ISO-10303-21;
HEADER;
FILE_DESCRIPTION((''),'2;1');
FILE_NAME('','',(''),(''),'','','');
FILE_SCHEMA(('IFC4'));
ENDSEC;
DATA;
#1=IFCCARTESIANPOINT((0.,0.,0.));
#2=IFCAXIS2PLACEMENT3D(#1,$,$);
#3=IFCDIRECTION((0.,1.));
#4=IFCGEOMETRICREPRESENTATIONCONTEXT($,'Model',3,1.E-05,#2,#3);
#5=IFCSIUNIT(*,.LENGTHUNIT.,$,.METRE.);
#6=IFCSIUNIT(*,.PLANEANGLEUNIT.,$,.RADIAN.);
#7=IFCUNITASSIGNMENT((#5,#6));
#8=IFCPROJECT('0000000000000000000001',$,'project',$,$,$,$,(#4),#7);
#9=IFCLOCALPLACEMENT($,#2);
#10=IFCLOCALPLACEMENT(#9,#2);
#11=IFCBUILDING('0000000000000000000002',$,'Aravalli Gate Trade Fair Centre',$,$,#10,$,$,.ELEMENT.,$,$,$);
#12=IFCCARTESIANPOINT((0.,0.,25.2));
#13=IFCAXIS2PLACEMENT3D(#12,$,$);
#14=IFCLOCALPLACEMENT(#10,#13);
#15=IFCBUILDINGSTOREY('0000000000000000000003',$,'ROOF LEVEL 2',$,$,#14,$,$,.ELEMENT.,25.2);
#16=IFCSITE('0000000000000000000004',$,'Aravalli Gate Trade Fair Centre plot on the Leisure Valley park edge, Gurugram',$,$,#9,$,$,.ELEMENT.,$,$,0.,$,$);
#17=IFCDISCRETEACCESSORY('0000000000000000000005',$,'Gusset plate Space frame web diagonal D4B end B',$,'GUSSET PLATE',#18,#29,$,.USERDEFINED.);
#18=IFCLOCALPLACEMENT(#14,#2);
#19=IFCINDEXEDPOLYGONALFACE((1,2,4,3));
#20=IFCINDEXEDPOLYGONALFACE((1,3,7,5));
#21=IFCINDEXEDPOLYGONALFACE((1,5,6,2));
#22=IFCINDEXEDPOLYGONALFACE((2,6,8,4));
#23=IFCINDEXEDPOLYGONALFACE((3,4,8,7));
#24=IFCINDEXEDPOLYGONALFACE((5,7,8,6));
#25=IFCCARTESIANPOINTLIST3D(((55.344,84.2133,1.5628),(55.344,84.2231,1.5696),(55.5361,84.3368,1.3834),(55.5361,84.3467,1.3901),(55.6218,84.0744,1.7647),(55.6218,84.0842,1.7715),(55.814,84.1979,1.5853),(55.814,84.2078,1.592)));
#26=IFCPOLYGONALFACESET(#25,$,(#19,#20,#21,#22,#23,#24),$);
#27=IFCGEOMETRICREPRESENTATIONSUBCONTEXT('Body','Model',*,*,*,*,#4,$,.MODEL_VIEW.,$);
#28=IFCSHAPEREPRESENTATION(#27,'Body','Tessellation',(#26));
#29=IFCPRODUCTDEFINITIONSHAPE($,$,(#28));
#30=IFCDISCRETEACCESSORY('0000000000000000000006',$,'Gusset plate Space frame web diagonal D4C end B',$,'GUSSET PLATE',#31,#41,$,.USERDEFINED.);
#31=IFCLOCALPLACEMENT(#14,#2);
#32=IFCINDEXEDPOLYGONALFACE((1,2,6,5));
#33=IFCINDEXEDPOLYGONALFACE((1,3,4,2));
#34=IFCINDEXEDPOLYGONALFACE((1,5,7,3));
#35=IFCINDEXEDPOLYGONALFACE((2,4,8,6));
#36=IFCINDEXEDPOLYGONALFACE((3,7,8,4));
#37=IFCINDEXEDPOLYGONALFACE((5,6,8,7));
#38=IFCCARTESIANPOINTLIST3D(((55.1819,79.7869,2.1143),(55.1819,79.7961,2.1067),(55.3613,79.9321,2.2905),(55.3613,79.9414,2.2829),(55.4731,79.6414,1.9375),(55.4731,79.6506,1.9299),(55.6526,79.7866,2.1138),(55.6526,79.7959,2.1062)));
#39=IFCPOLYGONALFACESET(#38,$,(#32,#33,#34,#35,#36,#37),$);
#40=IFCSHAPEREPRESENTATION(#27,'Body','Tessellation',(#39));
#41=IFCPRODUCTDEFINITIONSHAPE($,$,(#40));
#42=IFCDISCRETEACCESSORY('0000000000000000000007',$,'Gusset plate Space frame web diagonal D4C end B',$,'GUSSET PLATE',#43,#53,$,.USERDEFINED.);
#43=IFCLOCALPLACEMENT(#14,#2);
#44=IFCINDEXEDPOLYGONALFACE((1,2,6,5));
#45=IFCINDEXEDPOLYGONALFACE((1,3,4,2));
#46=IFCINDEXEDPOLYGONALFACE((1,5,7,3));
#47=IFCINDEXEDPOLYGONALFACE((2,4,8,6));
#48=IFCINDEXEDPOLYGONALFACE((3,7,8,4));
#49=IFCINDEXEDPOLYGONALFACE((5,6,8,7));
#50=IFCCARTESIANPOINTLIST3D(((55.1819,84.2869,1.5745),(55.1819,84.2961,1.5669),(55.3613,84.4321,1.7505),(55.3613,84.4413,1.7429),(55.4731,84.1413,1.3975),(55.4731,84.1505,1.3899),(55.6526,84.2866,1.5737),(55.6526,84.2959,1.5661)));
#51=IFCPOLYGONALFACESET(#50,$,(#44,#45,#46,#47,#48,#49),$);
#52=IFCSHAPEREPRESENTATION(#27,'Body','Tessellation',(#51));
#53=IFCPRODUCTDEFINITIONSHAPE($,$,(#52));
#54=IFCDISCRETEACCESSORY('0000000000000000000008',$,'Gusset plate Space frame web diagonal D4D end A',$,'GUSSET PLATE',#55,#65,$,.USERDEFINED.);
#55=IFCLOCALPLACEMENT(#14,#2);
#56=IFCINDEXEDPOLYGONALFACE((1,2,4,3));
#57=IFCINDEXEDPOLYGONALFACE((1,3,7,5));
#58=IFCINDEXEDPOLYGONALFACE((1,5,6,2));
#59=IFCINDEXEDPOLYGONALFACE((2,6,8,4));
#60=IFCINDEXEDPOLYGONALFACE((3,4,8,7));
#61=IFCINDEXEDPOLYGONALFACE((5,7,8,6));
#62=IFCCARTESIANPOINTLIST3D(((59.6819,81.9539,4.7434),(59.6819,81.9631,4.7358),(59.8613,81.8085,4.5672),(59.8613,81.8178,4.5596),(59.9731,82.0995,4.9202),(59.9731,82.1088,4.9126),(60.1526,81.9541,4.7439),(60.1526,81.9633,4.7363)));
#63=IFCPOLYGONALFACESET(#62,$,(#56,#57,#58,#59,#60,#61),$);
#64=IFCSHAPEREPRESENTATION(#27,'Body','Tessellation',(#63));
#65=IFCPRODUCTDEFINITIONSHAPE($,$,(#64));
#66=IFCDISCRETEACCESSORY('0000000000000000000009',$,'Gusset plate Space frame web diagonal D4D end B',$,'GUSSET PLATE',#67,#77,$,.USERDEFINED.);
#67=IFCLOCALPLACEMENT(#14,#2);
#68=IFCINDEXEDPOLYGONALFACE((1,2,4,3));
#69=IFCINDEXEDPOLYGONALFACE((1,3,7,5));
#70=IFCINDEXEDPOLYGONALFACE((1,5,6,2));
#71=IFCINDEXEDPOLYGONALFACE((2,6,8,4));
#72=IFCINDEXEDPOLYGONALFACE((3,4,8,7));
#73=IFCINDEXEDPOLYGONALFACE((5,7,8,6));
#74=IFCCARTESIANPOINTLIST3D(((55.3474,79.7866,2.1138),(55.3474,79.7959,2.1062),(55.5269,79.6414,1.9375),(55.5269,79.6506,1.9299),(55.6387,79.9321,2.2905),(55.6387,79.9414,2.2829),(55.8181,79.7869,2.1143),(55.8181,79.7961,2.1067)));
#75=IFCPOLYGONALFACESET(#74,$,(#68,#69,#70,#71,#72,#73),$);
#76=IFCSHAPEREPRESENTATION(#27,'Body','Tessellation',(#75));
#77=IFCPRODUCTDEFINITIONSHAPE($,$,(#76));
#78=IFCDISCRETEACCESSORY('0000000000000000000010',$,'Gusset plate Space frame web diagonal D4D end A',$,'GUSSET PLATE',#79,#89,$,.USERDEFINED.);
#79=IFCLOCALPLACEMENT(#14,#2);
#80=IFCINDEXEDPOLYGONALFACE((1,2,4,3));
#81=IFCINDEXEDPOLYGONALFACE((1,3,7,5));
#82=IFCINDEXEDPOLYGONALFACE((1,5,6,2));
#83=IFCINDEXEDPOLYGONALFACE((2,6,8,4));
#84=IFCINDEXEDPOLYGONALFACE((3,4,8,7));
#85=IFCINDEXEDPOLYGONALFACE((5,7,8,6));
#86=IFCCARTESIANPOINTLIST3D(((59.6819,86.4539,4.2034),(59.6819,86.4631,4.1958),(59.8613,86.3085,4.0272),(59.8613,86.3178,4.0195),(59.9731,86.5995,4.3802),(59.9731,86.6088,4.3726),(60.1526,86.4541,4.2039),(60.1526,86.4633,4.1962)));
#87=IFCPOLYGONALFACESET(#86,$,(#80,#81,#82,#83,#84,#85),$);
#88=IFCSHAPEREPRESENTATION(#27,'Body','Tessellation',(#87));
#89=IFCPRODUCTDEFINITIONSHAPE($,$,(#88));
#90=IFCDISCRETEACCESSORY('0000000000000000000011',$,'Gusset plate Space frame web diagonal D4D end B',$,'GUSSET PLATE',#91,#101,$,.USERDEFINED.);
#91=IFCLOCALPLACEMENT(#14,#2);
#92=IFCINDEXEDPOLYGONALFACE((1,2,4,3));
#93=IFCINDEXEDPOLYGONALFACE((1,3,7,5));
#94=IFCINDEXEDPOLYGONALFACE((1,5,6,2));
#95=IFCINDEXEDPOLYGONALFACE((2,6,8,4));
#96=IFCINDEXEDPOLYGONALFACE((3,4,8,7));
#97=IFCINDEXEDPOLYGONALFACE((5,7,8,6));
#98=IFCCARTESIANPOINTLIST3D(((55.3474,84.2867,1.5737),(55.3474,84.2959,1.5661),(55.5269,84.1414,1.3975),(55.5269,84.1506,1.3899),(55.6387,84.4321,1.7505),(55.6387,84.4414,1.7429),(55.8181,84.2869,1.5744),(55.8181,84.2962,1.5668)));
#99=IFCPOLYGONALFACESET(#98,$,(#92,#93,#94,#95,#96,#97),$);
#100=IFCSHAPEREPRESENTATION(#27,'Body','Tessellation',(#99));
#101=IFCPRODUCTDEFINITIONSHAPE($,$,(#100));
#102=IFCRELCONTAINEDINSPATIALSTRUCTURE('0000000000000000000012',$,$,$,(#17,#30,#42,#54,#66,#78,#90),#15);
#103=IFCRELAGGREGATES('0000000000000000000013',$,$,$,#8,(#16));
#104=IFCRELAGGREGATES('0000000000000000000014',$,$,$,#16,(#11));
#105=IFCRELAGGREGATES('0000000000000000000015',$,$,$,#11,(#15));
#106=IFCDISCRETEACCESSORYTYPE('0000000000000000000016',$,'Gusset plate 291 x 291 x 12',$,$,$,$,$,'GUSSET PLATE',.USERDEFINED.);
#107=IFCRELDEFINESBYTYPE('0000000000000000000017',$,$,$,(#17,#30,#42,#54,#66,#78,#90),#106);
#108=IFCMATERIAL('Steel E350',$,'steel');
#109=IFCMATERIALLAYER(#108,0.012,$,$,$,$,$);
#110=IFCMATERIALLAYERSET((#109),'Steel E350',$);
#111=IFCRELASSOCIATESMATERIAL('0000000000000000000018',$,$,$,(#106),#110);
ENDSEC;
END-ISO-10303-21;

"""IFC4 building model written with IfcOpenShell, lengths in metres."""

from ifc_helpers import new_model, si_unit, direction, frame, origin, place, context, subcontext, project, spatial, polyline, outline, extrude, material, layer, layer_set, type_object, element, save


model = new_model("IFC4")

# Units and contexts
model_context = context("Model", 3, precision=1e-05, world=origin(), true_north=direction((0.0, 1.0)))
body_context = subcontext(model_context, "Body", "Model", "MODEL_VIEW")
ifc_project = project(units=[si_unit("LENGTHUNIT", "METRE"), si_unit("PLANEANGLEUNIT", "RADIAN")], contexts=[model_context])

# Site, building, storey
site_placement = place(None, origin())
site = spatial("IfcSite", under=ifc_project, at=site_placement, Name="Aravalli Gate Trade Fair Centre plot on the Leisure Valley park edge, Gurugram", CompositionType="ELEMENT", RefElevation=0.0)
building_placement = place(site_placement, origin())
building = spatial("IfcBuilding", under=site, at=building_placement, Name="Aravalli Gate Trade Fair Centre", CompositionType="ELEMENT")
storey_placement = place(building_placement, frame((0.0, 0.0, 25.2)))
storey = spatial("IfcBuildingStorey", under=building, at=storey_placement, Name="ROOF LEVEL 2", CompositionType="ELEMENT", Elevation=25.2)

# Shared definitions
ifc_material_1 = material(Name="Steel E350", Category="steel")

# Discrete accessories
ifc_layer_1 = layer(ifc_material_1, 0.012)
ifc_layer_set_1 = layer_set([ifc_layer_1], Name="Steel E350")
discrete_accessory_type = type_object("IfcDiscreteAccessoryType", Name="Gusset plate 291 x 291 x 12", ElementType="GUSSET PLATE", PredefinedType="USERDEFINED", material=ifc_layer_set_1)
discrete_accessory_1_placement = place(storey_placement, frame((55.6218, 84.0842, 1.7715), z_axis=(-0.000137, 0.82375, 0.566952), x_axis=(-0.749929, 0.374965, -0.544984)))
element("IfcDiscreteAccessory", 1, at=discrete_accessory_1_placement, inside=storey, type_object=discrete_accessory_type, Name="Gusset plate Space frame web diagonal D4B end B", ObjectType="GUSSET PLATE", PredefinedType="USERDEFINED", context=body_context, shape_type="SweptSolid", body=[
    extrude(outline(polyline([(0.0, 0.0), (0.3705, 0.0), (0.3705, -0.2905), (0.0, -0.2905), (0.0, 0.0)])), origin(), (0.0, 0.0, -1.0), 0.012),
])
discrete_accessory_2_placement = place(storey_placement, frame((55.1819, 79.7869, 2.1143), z_axis=(0.000259, -0.771844, 0.635812), x_axis=(0.78619, -0.392765, -0.477118)))
element("IfcDiscreteAccessory", 2, at=discrete_accessory_2_placement, inside=storey, type_object=discrete_accessory_type, Name="Gusset plate Space frame web diagonal D4C end B", ObjectType="GUSSET PLATE", PredefinedType="USERDEFINED", context=body_context, shape_type="SweptSolid", body=[
    extrude(outline(polyline([(0.0, 0.0), (0.3705, 0.0), (0.3704, 0.2905), (-0.0001, 0.2905), (0.0, 0.0)])), origin(), (0.0, 0.0, -1.0), 0.012),
])
discrete_accessory_3_placement = place(storey_placement, frame((55.1819, 84.2869, 1.5745), z_axis=(0.000589, -0.771792, 0.635874), x_axis=(0.785943, -0.392803, -0.477493)))
element("IfcDiscreteAccessory", 3, at=discrete_accessory_3_placement, inside=storey, type_object=discrete_accessory_type, Name="Gusset plate Space frame web diagonal D4C end B", ObjectType="GUSSET PLATE", PredefinedType="USERDEFINED", context=body_context, shape_type="SweptSolid", body=[
    extrude(outline(polyline([(0.0, 0.0), (0.3706, 0.0), (0.3704, 0.2905), (-0.0001, 0.2903), (0.0, 0.0)])), origin(), (0.0, 0.0, -1.0), 0.012),
])
discrete_accessory_4_placement = place(storey_placement, frame((59.6819, 81.9539, 4.7434), z_axis=(-0.00026, -0.771582, 0.63613), x_axis=(0.785986, 0.393126, 0.477156)))
element("IfcDiscreteAccessory", 4, at=discrete_accessory_4_placement, inside=storey, type_object=discrete_accessory_type, Name="Gusset plate Space frame web diagonal D4D end A", ObjectType="GUSSET PLATE", PredefinedType="USERDEFINED", context=body_context, shape_type="SweptSolid", body=[
    extrude(outline(polyline([(0.0, 0.0), (0.3706, 0.0), (0.3703, -0.2906), (-0.0002, -0.2905), (0.0, 0.0)])), origin(), (0.0, 0.0, -1.0), 0.012),
])
discrete_accessory_5_placement = place(storey_placement, frame((55.6387, 79.9321, 2.2905), z_axis=(-0.000259, -0.771844, 0.635812), x_axis=(-0.78619, -0.392765, -0.477118)))
element("IfcDiscreteAccessory", 5, at=discrete_accessory_5_placement, inside=storey, type_object=discrete_accessory_type, Name="Gusset plate Space frame web diagonal D4D end B", ObjectType="GUSSET PLATE", PredefinedType="USERDEFINED", context=body_context, shape_type="SweptSolid", body=[
    extrude(outline(polyline([(0.0, 0.0), (0.3705, 0.0), (0.3705, 0.2905), (0.0001, 0.2905), (0.0, 0.0)])), origin(), (0.0, 0.0, -1.0), 0.012),
])
discrete_accessory_6_placement = place(storey_placement, frame((59.6819, 86.4539, 4.2034), z_axis=(-0.00026, -0.771582, 0.63613), x_axis=(0.785986, 0.393126, 0.477156)))
element("IfcDiscreteAccessory", 6, at=discrete_accessory_6_placement, inside=storey, type_object=discrete_accessory_type, Name="Gusset plate Space frame web diagonal D4D end A", ObjectType="GUSSET PLATE", PredefinedType="USERDEFINED", context=body_context, shape_type="SweptSolid", body=[
    extrude(outline(polyline([(0.0, 0.0), (0.3706, 0.0), (0.3703, -0.2906), (-0.0002, -0.2905), (0.0, 0.0)])), origin(), (0.0, 0.0, -1.0), 0.012),
])
discrete_accessory_7_placement = place(storey_placement, frame((55.6387, 84.4321, 1.7505), z_axis=(-0.000589, -0.771792, 0.635874), x_axis=(-0.78619, -0.392604, -0.477251)))
element("IfcDiscreteAccessory", 7, at=discrete_accessory_7_placement, inside=storey, type_object=discrete_accessory_type, Name="Gusset plate Space frame web diagonal D4D end B", ObjectType="GUSSET PLATE", PredefinedType="USERDEFINED", context=body_context, shape_type="SweptSolid", body=[
    extrude(outline(polyline([(0.0, 0.0), (0.3705, 0.0), (0.3705, 0.2905), (0.0, 0.2903), (0.0, 0.0)])), origin(), (0.0, 0.0, -1.0), 0.012),
])

save(model, "model.ifc")
